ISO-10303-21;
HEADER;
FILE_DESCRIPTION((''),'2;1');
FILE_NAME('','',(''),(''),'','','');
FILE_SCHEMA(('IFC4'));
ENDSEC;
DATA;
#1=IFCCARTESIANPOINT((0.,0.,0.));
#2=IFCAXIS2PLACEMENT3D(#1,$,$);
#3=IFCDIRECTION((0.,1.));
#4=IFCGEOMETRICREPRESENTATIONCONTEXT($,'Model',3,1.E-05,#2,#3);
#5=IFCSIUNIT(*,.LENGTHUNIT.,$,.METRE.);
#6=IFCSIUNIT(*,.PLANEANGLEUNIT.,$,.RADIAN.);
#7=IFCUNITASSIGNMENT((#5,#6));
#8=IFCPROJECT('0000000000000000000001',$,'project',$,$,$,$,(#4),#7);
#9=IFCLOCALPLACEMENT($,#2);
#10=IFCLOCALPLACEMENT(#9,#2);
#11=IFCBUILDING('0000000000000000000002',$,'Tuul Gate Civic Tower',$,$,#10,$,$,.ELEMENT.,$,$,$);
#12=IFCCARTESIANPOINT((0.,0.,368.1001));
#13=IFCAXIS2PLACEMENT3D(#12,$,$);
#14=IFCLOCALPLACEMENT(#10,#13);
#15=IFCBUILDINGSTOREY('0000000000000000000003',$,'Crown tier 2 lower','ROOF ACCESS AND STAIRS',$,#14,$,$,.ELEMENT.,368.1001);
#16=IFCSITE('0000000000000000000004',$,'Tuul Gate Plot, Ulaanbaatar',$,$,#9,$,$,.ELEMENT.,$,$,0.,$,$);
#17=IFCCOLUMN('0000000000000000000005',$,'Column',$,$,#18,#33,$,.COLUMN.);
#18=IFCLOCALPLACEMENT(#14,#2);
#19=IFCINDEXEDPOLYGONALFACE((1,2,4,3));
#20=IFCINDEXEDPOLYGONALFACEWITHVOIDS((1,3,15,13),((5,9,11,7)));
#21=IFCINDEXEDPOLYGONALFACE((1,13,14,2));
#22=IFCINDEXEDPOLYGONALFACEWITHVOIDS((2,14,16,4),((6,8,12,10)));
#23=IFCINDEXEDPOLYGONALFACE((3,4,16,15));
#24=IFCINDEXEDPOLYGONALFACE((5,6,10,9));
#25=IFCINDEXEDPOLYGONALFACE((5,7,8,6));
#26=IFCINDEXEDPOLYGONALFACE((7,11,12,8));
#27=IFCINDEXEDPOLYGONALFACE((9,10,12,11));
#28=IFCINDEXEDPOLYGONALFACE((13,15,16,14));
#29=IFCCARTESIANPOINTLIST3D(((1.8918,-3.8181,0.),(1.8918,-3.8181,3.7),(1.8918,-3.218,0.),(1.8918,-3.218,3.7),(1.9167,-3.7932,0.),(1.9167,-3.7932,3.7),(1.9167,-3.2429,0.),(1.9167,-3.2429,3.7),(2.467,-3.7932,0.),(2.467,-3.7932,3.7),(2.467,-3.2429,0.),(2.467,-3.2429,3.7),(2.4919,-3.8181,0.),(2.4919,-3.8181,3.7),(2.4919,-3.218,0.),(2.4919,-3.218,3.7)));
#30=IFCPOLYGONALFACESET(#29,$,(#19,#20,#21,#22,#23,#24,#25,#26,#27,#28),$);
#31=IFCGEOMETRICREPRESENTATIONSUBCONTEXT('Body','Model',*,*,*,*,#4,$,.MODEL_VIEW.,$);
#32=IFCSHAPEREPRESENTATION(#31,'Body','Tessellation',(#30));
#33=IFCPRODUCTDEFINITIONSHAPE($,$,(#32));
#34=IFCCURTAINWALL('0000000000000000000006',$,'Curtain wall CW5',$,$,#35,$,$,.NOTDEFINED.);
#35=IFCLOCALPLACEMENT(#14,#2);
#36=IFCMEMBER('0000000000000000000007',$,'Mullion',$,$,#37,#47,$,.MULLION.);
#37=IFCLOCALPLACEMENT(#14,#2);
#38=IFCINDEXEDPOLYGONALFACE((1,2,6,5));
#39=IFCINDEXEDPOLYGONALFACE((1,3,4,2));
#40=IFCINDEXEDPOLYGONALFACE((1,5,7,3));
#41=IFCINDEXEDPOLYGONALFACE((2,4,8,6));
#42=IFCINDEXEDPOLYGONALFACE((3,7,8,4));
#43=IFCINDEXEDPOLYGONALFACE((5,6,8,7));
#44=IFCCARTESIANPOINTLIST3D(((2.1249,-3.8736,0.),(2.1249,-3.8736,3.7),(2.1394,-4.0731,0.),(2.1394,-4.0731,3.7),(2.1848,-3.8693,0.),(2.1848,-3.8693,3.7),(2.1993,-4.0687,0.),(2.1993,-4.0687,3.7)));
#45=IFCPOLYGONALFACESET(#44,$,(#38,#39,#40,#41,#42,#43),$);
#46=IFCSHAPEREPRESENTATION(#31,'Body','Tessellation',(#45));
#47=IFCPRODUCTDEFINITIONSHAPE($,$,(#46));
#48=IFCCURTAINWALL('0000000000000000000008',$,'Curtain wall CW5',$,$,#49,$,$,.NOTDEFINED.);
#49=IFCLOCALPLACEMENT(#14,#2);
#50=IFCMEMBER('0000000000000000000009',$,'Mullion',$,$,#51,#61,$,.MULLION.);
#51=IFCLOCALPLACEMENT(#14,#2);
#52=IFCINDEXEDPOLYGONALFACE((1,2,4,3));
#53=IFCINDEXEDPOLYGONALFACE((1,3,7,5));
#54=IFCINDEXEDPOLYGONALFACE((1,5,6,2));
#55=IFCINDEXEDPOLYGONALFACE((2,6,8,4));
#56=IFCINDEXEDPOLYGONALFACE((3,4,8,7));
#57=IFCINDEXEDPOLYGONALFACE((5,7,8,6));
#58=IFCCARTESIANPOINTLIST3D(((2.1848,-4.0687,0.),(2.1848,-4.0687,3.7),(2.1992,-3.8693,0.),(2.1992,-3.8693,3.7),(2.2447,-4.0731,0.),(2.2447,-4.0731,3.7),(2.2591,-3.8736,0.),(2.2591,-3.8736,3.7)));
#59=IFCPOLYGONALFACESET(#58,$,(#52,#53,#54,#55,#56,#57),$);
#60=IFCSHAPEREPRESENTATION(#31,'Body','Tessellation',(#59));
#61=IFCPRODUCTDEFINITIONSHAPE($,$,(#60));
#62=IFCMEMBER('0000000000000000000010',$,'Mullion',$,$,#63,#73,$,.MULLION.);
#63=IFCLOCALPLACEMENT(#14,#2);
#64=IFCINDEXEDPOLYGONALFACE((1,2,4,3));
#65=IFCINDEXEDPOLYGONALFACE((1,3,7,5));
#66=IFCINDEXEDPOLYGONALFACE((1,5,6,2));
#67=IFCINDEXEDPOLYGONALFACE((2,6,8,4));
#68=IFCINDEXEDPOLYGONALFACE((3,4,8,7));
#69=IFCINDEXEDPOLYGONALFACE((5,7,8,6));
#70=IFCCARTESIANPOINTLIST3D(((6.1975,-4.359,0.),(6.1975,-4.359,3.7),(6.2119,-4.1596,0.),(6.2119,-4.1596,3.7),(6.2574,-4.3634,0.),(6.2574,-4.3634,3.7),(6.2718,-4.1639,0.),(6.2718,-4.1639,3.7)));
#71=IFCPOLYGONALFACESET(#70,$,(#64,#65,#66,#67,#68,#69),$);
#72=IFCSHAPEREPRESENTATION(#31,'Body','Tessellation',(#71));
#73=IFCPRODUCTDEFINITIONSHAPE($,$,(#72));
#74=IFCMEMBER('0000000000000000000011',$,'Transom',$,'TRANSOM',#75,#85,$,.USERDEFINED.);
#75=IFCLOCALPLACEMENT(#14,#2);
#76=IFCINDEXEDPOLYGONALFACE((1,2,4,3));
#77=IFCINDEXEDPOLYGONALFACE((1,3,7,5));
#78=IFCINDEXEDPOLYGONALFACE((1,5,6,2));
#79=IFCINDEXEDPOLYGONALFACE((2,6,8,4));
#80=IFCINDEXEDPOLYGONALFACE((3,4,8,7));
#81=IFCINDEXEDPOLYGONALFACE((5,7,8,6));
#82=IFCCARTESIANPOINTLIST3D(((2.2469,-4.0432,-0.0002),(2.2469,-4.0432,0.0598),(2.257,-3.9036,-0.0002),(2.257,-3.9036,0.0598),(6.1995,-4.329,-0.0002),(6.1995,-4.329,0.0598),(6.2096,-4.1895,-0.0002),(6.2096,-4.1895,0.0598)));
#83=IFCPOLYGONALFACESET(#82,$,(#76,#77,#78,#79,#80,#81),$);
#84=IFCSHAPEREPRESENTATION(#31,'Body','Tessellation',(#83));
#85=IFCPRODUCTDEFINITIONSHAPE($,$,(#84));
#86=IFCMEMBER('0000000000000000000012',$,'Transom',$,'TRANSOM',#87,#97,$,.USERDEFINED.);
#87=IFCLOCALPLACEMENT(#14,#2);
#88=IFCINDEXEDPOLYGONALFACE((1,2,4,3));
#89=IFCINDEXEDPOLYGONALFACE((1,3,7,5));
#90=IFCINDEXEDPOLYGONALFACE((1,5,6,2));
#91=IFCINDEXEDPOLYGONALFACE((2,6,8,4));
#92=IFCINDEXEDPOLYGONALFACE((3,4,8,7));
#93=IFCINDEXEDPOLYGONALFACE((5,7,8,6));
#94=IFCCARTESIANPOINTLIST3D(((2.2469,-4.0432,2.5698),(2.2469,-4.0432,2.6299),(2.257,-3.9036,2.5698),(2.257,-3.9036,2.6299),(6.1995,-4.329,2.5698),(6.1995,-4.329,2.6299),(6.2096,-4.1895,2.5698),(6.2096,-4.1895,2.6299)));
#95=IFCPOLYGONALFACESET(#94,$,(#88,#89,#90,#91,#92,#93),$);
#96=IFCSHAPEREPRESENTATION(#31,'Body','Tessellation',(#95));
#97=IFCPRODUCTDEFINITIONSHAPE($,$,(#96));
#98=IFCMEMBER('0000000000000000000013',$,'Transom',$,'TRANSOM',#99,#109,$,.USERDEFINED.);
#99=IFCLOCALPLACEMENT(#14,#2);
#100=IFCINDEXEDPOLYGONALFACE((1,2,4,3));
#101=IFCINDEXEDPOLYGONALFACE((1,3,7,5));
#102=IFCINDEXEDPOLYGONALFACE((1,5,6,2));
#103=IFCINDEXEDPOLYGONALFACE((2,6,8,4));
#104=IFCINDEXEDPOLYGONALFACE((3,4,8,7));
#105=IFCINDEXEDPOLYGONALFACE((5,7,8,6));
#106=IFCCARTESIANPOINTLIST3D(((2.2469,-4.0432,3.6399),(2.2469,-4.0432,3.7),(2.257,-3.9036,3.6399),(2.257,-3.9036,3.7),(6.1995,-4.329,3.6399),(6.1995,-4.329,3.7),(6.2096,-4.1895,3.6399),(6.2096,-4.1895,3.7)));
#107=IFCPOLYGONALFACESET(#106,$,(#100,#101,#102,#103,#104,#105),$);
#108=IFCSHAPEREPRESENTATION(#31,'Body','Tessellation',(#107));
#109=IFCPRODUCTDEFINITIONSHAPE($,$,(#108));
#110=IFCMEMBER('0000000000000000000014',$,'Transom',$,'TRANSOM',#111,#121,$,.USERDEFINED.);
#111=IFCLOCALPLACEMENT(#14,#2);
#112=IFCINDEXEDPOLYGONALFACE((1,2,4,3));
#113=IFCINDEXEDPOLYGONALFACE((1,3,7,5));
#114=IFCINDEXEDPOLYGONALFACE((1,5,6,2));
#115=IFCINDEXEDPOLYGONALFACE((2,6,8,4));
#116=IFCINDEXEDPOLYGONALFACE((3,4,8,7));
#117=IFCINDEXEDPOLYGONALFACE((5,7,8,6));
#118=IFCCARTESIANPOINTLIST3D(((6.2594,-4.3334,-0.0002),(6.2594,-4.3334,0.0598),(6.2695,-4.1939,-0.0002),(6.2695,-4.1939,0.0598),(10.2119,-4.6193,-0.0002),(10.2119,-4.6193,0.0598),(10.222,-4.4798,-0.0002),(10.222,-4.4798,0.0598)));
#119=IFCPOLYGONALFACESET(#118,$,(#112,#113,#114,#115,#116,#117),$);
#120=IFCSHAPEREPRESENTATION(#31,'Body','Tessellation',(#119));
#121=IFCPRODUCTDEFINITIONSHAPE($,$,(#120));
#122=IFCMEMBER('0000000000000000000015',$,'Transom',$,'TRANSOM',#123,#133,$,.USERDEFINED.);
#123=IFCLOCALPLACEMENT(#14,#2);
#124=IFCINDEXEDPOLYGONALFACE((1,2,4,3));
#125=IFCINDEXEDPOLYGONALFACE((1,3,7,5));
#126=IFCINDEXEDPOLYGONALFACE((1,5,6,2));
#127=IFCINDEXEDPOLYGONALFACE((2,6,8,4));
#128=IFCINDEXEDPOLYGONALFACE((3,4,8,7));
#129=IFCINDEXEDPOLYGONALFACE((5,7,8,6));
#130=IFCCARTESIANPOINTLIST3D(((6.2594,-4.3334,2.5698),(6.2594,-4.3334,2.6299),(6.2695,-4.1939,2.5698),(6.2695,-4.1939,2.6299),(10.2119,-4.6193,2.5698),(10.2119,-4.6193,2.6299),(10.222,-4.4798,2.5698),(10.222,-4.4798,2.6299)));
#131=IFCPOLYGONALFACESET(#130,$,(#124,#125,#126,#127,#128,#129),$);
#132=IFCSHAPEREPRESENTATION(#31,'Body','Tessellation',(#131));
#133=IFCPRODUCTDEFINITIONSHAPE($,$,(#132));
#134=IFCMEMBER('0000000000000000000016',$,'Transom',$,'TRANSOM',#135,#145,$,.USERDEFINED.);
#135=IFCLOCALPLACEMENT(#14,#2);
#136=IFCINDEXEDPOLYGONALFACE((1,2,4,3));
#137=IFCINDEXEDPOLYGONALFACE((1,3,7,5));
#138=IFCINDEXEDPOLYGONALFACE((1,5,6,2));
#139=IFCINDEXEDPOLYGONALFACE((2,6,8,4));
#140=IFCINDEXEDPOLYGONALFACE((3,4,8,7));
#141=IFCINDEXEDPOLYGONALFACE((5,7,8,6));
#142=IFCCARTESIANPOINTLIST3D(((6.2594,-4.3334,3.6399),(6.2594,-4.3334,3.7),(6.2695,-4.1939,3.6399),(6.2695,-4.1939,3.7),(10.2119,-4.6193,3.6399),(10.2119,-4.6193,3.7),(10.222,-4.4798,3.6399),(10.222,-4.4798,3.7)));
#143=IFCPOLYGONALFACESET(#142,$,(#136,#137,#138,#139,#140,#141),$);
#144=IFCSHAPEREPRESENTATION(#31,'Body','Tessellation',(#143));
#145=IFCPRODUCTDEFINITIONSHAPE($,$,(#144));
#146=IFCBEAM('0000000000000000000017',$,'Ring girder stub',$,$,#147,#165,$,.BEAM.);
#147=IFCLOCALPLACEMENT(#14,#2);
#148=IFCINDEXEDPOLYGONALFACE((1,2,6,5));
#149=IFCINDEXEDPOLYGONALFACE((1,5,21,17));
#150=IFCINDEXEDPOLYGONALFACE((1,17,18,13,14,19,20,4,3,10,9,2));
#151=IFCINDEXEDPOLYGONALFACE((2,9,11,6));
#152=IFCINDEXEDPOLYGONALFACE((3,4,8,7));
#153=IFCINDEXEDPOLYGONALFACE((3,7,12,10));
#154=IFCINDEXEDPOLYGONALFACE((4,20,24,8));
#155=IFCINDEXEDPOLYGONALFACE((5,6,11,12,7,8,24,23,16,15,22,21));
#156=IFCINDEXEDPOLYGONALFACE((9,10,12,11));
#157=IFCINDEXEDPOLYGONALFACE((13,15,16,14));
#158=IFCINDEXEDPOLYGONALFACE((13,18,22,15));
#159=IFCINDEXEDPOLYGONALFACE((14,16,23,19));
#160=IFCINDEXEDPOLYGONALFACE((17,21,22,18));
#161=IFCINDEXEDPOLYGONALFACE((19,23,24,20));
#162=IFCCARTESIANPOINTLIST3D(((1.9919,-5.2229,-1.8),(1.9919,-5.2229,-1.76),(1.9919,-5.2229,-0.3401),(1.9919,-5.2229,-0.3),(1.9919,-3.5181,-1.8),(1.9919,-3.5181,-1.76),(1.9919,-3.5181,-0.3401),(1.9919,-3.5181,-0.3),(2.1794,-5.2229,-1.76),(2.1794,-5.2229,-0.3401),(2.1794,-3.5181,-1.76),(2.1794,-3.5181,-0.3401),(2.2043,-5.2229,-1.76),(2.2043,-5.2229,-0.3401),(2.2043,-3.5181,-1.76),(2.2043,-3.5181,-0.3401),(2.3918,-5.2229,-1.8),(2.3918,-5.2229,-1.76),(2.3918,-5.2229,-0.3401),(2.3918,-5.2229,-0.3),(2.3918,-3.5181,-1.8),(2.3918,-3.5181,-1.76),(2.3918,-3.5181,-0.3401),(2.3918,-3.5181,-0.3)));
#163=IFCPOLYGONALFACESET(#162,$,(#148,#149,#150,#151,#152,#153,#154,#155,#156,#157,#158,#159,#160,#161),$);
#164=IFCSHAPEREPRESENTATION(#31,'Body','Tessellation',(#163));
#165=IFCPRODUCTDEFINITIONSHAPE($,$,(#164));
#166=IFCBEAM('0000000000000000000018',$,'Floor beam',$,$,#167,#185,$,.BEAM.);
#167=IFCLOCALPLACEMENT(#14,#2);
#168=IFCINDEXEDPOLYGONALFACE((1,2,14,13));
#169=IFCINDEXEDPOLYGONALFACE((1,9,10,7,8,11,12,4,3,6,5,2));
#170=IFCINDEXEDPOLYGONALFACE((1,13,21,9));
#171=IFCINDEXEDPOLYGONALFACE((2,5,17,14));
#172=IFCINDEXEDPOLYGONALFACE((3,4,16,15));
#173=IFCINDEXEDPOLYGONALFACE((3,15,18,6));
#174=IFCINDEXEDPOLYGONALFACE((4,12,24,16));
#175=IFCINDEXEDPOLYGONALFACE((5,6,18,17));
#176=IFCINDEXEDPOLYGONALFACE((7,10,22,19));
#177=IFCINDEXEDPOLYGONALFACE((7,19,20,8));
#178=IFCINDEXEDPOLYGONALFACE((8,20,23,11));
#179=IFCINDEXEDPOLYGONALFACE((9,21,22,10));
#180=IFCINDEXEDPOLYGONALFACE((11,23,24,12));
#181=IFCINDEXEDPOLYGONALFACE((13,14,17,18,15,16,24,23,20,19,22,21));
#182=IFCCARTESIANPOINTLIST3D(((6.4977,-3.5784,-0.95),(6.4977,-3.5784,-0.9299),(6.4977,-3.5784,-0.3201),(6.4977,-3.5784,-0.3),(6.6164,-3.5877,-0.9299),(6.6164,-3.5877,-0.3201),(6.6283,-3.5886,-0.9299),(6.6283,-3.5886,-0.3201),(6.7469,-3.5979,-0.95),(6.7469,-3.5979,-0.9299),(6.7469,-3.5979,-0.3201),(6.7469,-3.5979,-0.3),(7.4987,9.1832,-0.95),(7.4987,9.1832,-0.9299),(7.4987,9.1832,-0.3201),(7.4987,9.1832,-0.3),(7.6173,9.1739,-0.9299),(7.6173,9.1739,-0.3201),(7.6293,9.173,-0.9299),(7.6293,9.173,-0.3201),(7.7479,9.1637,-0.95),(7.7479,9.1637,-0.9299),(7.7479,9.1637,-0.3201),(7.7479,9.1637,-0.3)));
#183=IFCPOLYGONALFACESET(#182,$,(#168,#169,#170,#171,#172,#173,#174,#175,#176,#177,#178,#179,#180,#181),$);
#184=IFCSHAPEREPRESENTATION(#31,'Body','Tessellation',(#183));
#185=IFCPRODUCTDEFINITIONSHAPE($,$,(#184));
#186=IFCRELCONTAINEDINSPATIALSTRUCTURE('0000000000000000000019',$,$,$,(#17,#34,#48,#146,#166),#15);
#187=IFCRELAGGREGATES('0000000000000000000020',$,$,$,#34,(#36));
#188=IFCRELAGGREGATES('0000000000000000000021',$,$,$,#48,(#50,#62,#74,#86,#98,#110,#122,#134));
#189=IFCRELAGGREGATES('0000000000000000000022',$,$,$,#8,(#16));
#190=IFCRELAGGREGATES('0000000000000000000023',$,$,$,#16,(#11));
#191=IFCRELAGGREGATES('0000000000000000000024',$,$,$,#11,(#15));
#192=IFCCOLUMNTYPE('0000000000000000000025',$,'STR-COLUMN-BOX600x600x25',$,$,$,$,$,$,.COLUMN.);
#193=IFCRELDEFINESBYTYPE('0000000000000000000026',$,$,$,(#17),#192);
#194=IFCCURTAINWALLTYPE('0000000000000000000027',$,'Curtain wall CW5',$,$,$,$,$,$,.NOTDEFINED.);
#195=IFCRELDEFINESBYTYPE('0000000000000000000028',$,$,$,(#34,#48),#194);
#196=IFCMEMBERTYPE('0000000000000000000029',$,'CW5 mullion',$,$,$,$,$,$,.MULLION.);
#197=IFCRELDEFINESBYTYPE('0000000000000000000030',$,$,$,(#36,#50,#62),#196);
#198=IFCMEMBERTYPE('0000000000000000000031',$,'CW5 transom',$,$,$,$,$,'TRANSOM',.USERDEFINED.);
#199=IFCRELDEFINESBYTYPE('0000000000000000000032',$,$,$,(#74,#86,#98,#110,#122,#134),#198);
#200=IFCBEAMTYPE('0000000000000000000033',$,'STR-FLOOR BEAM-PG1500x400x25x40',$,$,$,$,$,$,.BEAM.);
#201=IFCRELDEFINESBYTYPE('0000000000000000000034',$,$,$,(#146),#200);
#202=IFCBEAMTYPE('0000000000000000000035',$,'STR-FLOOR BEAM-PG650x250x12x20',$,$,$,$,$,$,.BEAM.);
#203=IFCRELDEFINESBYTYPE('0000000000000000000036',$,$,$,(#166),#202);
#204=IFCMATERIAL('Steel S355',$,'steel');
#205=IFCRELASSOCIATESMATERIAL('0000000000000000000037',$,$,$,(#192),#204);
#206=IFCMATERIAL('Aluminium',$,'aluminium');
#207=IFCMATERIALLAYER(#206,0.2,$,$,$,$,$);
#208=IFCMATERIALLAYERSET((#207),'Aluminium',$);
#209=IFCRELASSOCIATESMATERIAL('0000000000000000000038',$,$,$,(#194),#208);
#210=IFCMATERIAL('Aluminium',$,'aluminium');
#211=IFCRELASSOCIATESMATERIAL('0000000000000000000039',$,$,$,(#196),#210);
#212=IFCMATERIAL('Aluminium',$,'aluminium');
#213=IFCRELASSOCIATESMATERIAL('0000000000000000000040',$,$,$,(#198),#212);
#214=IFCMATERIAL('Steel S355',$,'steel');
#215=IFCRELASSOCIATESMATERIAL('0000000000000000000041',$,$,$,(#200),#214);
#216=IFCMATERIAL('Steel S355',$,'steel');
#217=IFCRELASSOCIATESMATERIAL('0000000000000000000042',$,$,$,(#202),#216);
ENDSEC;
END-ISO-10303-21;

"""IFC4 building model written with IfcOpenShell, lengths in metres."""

from ifc_helpers import new_model, si_unit, direction, frame, origin, origin_2d, place, context, subcontext, project, spatial, rectangle, hollow_rectangle, i_section, extrude, material, layer, layer_set, material_profile, profile_set, type_object, element, aggregate, save


model = new_model("IFC4")

# Units and contexts
model_context = context("Model", 3, precision=1e-05, world=origin(), true_north=direction((0.0, 1.0)))
body_context = subcontext(model_context, "Body", "Model", "MODEL_VIEW")
ifc_project = project(units=[si_unit("LENGTHUNIT", "METRE"), si_unit("PLANEANGLEUNIT", "RADIAN")], contexts=[model_context])

# Site, building, storey
site_placement = place(None, origin())
site = spatial("IfcSite", under=ifc_project, at=site_placement, Name="Tuul Gate Plot, Ulaanbaatar", CompositionType="ELEMENT", RefElevation=0.0)
building_placement = place(site_placement, origin())
building = spatial("IfcBuilding", under=site, at=building_placement, Name="Tuul Gate Civic Tower", CompositionType="ELEMENT")
storey_placement = place(building_placement, frame((0.0, 0.0, 368.1001)))
storey = spatial("IfcBuildingStorey", under=building, at=storey_placement, Name="Crown tier 2 lower", Description="ROOF ACCESS AND STAIRS", CompositionType="ELEMENT", Elevation=368.1001)

# Column
ifc_material_1 = material(Name="Steel S355", Category="steel")
ifc_material_profile_1 = material_profile(ifc_material_1, hollow_rectangle(XDim=0.6001, YDim=0.6001, WallThickness=0.0249, at=origin_2d()), Name="BOX600x600x25")
ifc_profile_set_1 = profile_set([ifc_material_profile_1], Name="Steel S355")
column_type = type_object("IfcColumnType", Name="STR-COLUMN-BOX600x600x25", PredefinedType="COLUMN", material=ifc_profile_set_1)
column_placement = place(storey_placement, frame((2.1919, -3.5181, 0.0), z_axis=(0.0, 0.0, 1.0), x_axis=(1.0, 0.0, 0.0)))
element("IfcColumn", 1, at=column_placement, inside=storey, type_object=column_type, Name="Column", PredefinedType="COLUMN", context=body_context, shape_type="SweptSolid", body=[
    extrude(hollow_rectangle(XDim=0.6001, YDim=0.6001, WallThickness=0.0249, at=origin_2d()), origin(), (0.0, 0.0, 1.0), 3.7),
])

# Curtain wall, member
ifc_material_2 = material(Name="Aluminium", Category="aluminium")
ifc_layer_1 = layer(ifc_material_2, 0.2)
ifc_layer_set_1 = layer_set([ifc_layer_1], Name="Aluminium")
curtain_wall_type = type_object("IfcCurtainWallType", Name="Curtain wall CW5", PredefinedType="NOTDEFINED", material=ifc_layer_set_1)
curtain_wall_1_placement = place(storey_placement, origin())
curtain_wall_1 = element("IfcCurtainWall", 2, at=curtain_wall_1_placement, inside=storey, type_object=curtain_wall_type, Name="Curtain wall CW5", PredefinedType="NOTDEFINED")
ifc_material_3 = material(Name="Aluminium", Category="aluminium")
ifc_material_profile_2 = material_profile(ifc_material_3, rectangle(XDim=0.2, YDim=0.0601, at=origin_2d()), Name="CW5 mullion")
ifc_profile_set_2 = profile_set([ifc_material_profile_2], Name="Aluminium")
member_type_1 = type_object("IfcMemberType", Name="CW5 mullion", PredefinedType="MULLION", material=ifc_profile_set_2)
member_1_placement = place(storey_placement, frame((2.1621, -3.9712, 0.0), z_axis=(0.0, 0.0, 1.0), x_axis=(-0.072168, 0.997393, 0.0)))
member_1 = element("IfcMember", 3, at=member_1_placement, type_object=member_type_1, Name="Mullion", PredefinedType="MULLION", context=body_context, shape_type="SweptSolid", body=[
    extrude(rectangle(XDim=0.2, YDim=0.0601, at=origin_2d()), origin(), (0.0, 0.0, 1.0), 3.7),
])
aggregate(curtain_wall_1, [member_1])

# Curtain wall, members
curtain_wall_2_placement = place(storey_placement, origin())
curtain_wall_2 = element("IfcCurtainWall", 4, at=curtain_wall_2_placement, inside=storey, type_object=curtain_wall_type, Name="Curtain wall CW5", PredefinedType="NOTDEFINED")
member_2_placement = place(storey_placement, frame((2.2219, -3.9712, 0.0), z_axis=(0.0, 0.0, 1.0), x_axis=(0.072168, 0.997393, 0.0)))
member_2 = element("IfcMember", 5, at=member_2_placement, type_object=member_type_1, Name="Mullion", PredefinedType="MULLION", context=body_context, shape_type="SweptSolid", body=[
    extrude(rectangle(XDim=0.2, YDim=0.0601, at=origin_2d()), origin(), (0.0, 0.0, 1.0), 3.7),
])
member_3_placement = place(storey_placement, frame((6.2346, -4.2615, 0.0), z_axis=(0.0, 0.0, 1.0), x_axis=(0.072168, 0.997393, 0.0)))
member_3 = element("IfcMember", 6, at=member_3_placement, type_object=member_type_1, Name="Mullion", PredefinedType="MULLION", context=body_context, shape_type="SweptSolid", body=[
    extrude(rectangle(XDim=0.2, YDim=0.0601, at=origin_2d()), origin(), (0.0, 0.0, 1.0), 3.7),
])
ifc_material_4 = material(Name="Aluminium", Category="aluminium")
ifc_material_profile_3 = material_profile(ifc_material_4, rectangle(XDim=0.1399, YDim=0.0601, at=origin_2d()), Name="CW5 transom")
ifc_profile_set_3 = profile_set([ifc_material_profile_3], Name="Aluminium")
member_type_2 = type_object("IfcMemberType", Name="CW5 transom", ElementType="TRANSOM", PredefinedType="USERDEFINED", material=ifc_profile_set_3)
member_4_placement = place(storey_placement, frame((2.252, -3.9734, 0.0298), z_axis=(0.997395, -0.07214, 0.0), x_axis=(0.07214, 0.997395, 0.0)))
member_4 = element("IfcMember", 7, at=member_4_placement, type_object=member_type_2, Name="Transom", ObjectType="TRANSOM", PredefinedType="USERDEFINED", context=body_context, shape_type="SweptSolid", body=[
    extrude(rectangle(XDim=0.1399, YDim=0.0601, at=origin_2d()), origin(), (0.0, 0.0, 1.0), 3.9629),
])
member_5_placement = place(storey_placement, frame((2.252, -3.9734, 2.5999), z_axis=(0.997395, -0.07214, 0.0), x_axis=(0.07214, 0.997395, 0.0)))
member_5 = element("IfcMember", 8, at=member_5_placement, type_object=member_type_2, Name="Transom", ObjectType="TRANSOM", PredefinedType="USERDEFINED", context=body_context, shape_type="SweptSolid", body=[
    extrude(rectangle(XDim=0.1399, YDim=0.0601, at=origin_2d()), origin(), (0.0, 0.0, 1.0), 3.9629),
])
member_6_placement = place(storey_placement, frame((2.252, -3.9734, 3.6699), z_axis=(0.997395, -0.07214, 0.0), x_axis=(0.07214, 0.997395, 0.0)))
member_6 = element("IfcMember", 9, at=member_6_placement, type_object=member_type_2, Name="Transom", ObjectType="TRANSOM", PredefinedType="USERDEFINED", context=body_context, shape_type="SweptSolid", body=[
    extrude(rectangle(XDim=0.1399, YDim=0.0601, at=origin_2d()), origin(), (0.0, 0.0, 1.0), 3.9629),
])
member_7_placement = place(storey_placement, frame((6.2644, -4.2637, 0.0298), z_axis=(0.997395, -0.07214, 0.0), x_axis=(0.07214, 0.997395, 0.0)))
member_7 = element("IfcMember", 10, at=member_7_placement, type_object=member_type_2, Name="Transom", ObjectType="TRANSOM", PredefinedType="USERDEFINED", context=body_context, shape_type="SweptSolid", body=[
    extrude(rectangle(XDim=0.1399, YDim=0.0601, at=origin_2d()), origin(), (0.0, 0.0, 1.0), 3.9629),
])
member_8_placement = place(storey_placement, frame((6.2644, -4.2637, 2.5999), z_axis=(0.997395, -0.07214, 0.0), x_axis=(0.07214, 0.997395, 0.0)))
member_8 = element("IfcMember", 11, at=member_8_placement, type_object=member_type_2, Name="Transom", ObjectType="TRANSOM", PredefinedType="USERDEFINED", context=body_context, shape_type="SweptSolid", body=[
    extrude(rectangle(XDim=0.1399, YDim=0.0601, at=origin_2d()), origin(), (0.0, 0.0, 1.0), 3.9629),
])
member_9_placement = place(storey_placement, frame((6.2644, -4.2637, 3.6699), z_axis=(0.997395, -0.07214, 0.0), x_axis=(0.07214, 0.997395, 0.0)))
member_9 = element("IfcMember", 12, at=member_9_placement, type_object=member_type_2, Name="Transom", ObjectType="TRANSOM", PredefinedType="USERDEFINED", context=body_context, shape_type="SweptSolid", body=[
    extrude(rectangle(XDim=0.1399, YDim=0.0601, at=origin_2d()), origin(), (0.0, 0.0, 1.0), 3.9629),
])

# Beams
ifc_material_5 = material(Name="Steel S355", Category="steel")
ifc_material_profile_4 = material_profile(ifc_material_5, i_section(OverallWidth=0.3999, OverallDepth=1.5, WebThickness=0.0249, FlangeThickness=0.04, at=origin_2d()), Name="PG1500x400x25x40")
ifc_profile_set_4 = profile_set([ifc_material_profile_4], Name="Steel S355")
beam_type_1 = type_object("IfcBeamType", Name="STR-FLOOR BEAM-PG1500x400x25x40", PredefinedType="BEAM", material=ifc_profile_set_4)
beam_1_placement = place(storey_placement, frame((2.1919, -5.2229, -1.05), z_axis=(0.0, 1.0, 0.0), x_axis=(-1.0, 0.0, 0.0)))
element("IfcBeam", 13, at=beam_1_placement, inside=storey, type_object=beam_type_1, Name="Ring girder stub", PredefinedType="BEAM", context=body_context, shape_type="SweptSolid", body=[
    extrude(i_section(OverallWidth=0.3999, OverallDepth=1.5, WebThickness=0.0249, FlangeThickness=0.04, at=origin_2d()), origin(), (0.0, 0.0, 1.0), 1.7048),
])
ifc_material_6 = material(Name="Steel S355", Category="steel")
ifc_material_profile_5 = material_profile(ifc_material_6, i_section(OverallWidth=0.25, OverallDepth=0.6499, WebThickness=0.012, FlangeThickness=0.02, at=origin_2d()), Name="PG650x250x12x20")
ifc_profile_set_5 = profile_set([ifc_material_profile_5], Name="Steel S355")
beam_type_2 = type_object("IfcBeamType", Name="STR-FLOOR BEAM-PG650x250x12x20", PredefinedType="BEAM", material=ifc_profile_set_5)
beam_2_placement = place(storey_placement, frame((6.6223, -3.5881, -0.625), z_axis=(0.078197, 0.996938, 0.0), x_axis=(-0.996938, 0.078197, 0.0)))
element("IfcBeam", 14, at=beam_2_placement, inside=storey, type_object=beam_type_2, Name="Floor beam", PredefinedType="BEAM", context=body_context, shape_type="SweptSolid", body=[
    extrude(i_section(OverallWidth=0.25, OverallDepth=0.6499, WebThickness=0.012, FlangeThickness=0.02, at=origin_2d()), origin(), (0.0, 0.0, 1.0), 12.8008),
])

aggregate(curtain_wall_2, [member_2, member_3, member_4, member_5, member_6, member_7, member_8, member_9])

save(model, "model.ifc")
